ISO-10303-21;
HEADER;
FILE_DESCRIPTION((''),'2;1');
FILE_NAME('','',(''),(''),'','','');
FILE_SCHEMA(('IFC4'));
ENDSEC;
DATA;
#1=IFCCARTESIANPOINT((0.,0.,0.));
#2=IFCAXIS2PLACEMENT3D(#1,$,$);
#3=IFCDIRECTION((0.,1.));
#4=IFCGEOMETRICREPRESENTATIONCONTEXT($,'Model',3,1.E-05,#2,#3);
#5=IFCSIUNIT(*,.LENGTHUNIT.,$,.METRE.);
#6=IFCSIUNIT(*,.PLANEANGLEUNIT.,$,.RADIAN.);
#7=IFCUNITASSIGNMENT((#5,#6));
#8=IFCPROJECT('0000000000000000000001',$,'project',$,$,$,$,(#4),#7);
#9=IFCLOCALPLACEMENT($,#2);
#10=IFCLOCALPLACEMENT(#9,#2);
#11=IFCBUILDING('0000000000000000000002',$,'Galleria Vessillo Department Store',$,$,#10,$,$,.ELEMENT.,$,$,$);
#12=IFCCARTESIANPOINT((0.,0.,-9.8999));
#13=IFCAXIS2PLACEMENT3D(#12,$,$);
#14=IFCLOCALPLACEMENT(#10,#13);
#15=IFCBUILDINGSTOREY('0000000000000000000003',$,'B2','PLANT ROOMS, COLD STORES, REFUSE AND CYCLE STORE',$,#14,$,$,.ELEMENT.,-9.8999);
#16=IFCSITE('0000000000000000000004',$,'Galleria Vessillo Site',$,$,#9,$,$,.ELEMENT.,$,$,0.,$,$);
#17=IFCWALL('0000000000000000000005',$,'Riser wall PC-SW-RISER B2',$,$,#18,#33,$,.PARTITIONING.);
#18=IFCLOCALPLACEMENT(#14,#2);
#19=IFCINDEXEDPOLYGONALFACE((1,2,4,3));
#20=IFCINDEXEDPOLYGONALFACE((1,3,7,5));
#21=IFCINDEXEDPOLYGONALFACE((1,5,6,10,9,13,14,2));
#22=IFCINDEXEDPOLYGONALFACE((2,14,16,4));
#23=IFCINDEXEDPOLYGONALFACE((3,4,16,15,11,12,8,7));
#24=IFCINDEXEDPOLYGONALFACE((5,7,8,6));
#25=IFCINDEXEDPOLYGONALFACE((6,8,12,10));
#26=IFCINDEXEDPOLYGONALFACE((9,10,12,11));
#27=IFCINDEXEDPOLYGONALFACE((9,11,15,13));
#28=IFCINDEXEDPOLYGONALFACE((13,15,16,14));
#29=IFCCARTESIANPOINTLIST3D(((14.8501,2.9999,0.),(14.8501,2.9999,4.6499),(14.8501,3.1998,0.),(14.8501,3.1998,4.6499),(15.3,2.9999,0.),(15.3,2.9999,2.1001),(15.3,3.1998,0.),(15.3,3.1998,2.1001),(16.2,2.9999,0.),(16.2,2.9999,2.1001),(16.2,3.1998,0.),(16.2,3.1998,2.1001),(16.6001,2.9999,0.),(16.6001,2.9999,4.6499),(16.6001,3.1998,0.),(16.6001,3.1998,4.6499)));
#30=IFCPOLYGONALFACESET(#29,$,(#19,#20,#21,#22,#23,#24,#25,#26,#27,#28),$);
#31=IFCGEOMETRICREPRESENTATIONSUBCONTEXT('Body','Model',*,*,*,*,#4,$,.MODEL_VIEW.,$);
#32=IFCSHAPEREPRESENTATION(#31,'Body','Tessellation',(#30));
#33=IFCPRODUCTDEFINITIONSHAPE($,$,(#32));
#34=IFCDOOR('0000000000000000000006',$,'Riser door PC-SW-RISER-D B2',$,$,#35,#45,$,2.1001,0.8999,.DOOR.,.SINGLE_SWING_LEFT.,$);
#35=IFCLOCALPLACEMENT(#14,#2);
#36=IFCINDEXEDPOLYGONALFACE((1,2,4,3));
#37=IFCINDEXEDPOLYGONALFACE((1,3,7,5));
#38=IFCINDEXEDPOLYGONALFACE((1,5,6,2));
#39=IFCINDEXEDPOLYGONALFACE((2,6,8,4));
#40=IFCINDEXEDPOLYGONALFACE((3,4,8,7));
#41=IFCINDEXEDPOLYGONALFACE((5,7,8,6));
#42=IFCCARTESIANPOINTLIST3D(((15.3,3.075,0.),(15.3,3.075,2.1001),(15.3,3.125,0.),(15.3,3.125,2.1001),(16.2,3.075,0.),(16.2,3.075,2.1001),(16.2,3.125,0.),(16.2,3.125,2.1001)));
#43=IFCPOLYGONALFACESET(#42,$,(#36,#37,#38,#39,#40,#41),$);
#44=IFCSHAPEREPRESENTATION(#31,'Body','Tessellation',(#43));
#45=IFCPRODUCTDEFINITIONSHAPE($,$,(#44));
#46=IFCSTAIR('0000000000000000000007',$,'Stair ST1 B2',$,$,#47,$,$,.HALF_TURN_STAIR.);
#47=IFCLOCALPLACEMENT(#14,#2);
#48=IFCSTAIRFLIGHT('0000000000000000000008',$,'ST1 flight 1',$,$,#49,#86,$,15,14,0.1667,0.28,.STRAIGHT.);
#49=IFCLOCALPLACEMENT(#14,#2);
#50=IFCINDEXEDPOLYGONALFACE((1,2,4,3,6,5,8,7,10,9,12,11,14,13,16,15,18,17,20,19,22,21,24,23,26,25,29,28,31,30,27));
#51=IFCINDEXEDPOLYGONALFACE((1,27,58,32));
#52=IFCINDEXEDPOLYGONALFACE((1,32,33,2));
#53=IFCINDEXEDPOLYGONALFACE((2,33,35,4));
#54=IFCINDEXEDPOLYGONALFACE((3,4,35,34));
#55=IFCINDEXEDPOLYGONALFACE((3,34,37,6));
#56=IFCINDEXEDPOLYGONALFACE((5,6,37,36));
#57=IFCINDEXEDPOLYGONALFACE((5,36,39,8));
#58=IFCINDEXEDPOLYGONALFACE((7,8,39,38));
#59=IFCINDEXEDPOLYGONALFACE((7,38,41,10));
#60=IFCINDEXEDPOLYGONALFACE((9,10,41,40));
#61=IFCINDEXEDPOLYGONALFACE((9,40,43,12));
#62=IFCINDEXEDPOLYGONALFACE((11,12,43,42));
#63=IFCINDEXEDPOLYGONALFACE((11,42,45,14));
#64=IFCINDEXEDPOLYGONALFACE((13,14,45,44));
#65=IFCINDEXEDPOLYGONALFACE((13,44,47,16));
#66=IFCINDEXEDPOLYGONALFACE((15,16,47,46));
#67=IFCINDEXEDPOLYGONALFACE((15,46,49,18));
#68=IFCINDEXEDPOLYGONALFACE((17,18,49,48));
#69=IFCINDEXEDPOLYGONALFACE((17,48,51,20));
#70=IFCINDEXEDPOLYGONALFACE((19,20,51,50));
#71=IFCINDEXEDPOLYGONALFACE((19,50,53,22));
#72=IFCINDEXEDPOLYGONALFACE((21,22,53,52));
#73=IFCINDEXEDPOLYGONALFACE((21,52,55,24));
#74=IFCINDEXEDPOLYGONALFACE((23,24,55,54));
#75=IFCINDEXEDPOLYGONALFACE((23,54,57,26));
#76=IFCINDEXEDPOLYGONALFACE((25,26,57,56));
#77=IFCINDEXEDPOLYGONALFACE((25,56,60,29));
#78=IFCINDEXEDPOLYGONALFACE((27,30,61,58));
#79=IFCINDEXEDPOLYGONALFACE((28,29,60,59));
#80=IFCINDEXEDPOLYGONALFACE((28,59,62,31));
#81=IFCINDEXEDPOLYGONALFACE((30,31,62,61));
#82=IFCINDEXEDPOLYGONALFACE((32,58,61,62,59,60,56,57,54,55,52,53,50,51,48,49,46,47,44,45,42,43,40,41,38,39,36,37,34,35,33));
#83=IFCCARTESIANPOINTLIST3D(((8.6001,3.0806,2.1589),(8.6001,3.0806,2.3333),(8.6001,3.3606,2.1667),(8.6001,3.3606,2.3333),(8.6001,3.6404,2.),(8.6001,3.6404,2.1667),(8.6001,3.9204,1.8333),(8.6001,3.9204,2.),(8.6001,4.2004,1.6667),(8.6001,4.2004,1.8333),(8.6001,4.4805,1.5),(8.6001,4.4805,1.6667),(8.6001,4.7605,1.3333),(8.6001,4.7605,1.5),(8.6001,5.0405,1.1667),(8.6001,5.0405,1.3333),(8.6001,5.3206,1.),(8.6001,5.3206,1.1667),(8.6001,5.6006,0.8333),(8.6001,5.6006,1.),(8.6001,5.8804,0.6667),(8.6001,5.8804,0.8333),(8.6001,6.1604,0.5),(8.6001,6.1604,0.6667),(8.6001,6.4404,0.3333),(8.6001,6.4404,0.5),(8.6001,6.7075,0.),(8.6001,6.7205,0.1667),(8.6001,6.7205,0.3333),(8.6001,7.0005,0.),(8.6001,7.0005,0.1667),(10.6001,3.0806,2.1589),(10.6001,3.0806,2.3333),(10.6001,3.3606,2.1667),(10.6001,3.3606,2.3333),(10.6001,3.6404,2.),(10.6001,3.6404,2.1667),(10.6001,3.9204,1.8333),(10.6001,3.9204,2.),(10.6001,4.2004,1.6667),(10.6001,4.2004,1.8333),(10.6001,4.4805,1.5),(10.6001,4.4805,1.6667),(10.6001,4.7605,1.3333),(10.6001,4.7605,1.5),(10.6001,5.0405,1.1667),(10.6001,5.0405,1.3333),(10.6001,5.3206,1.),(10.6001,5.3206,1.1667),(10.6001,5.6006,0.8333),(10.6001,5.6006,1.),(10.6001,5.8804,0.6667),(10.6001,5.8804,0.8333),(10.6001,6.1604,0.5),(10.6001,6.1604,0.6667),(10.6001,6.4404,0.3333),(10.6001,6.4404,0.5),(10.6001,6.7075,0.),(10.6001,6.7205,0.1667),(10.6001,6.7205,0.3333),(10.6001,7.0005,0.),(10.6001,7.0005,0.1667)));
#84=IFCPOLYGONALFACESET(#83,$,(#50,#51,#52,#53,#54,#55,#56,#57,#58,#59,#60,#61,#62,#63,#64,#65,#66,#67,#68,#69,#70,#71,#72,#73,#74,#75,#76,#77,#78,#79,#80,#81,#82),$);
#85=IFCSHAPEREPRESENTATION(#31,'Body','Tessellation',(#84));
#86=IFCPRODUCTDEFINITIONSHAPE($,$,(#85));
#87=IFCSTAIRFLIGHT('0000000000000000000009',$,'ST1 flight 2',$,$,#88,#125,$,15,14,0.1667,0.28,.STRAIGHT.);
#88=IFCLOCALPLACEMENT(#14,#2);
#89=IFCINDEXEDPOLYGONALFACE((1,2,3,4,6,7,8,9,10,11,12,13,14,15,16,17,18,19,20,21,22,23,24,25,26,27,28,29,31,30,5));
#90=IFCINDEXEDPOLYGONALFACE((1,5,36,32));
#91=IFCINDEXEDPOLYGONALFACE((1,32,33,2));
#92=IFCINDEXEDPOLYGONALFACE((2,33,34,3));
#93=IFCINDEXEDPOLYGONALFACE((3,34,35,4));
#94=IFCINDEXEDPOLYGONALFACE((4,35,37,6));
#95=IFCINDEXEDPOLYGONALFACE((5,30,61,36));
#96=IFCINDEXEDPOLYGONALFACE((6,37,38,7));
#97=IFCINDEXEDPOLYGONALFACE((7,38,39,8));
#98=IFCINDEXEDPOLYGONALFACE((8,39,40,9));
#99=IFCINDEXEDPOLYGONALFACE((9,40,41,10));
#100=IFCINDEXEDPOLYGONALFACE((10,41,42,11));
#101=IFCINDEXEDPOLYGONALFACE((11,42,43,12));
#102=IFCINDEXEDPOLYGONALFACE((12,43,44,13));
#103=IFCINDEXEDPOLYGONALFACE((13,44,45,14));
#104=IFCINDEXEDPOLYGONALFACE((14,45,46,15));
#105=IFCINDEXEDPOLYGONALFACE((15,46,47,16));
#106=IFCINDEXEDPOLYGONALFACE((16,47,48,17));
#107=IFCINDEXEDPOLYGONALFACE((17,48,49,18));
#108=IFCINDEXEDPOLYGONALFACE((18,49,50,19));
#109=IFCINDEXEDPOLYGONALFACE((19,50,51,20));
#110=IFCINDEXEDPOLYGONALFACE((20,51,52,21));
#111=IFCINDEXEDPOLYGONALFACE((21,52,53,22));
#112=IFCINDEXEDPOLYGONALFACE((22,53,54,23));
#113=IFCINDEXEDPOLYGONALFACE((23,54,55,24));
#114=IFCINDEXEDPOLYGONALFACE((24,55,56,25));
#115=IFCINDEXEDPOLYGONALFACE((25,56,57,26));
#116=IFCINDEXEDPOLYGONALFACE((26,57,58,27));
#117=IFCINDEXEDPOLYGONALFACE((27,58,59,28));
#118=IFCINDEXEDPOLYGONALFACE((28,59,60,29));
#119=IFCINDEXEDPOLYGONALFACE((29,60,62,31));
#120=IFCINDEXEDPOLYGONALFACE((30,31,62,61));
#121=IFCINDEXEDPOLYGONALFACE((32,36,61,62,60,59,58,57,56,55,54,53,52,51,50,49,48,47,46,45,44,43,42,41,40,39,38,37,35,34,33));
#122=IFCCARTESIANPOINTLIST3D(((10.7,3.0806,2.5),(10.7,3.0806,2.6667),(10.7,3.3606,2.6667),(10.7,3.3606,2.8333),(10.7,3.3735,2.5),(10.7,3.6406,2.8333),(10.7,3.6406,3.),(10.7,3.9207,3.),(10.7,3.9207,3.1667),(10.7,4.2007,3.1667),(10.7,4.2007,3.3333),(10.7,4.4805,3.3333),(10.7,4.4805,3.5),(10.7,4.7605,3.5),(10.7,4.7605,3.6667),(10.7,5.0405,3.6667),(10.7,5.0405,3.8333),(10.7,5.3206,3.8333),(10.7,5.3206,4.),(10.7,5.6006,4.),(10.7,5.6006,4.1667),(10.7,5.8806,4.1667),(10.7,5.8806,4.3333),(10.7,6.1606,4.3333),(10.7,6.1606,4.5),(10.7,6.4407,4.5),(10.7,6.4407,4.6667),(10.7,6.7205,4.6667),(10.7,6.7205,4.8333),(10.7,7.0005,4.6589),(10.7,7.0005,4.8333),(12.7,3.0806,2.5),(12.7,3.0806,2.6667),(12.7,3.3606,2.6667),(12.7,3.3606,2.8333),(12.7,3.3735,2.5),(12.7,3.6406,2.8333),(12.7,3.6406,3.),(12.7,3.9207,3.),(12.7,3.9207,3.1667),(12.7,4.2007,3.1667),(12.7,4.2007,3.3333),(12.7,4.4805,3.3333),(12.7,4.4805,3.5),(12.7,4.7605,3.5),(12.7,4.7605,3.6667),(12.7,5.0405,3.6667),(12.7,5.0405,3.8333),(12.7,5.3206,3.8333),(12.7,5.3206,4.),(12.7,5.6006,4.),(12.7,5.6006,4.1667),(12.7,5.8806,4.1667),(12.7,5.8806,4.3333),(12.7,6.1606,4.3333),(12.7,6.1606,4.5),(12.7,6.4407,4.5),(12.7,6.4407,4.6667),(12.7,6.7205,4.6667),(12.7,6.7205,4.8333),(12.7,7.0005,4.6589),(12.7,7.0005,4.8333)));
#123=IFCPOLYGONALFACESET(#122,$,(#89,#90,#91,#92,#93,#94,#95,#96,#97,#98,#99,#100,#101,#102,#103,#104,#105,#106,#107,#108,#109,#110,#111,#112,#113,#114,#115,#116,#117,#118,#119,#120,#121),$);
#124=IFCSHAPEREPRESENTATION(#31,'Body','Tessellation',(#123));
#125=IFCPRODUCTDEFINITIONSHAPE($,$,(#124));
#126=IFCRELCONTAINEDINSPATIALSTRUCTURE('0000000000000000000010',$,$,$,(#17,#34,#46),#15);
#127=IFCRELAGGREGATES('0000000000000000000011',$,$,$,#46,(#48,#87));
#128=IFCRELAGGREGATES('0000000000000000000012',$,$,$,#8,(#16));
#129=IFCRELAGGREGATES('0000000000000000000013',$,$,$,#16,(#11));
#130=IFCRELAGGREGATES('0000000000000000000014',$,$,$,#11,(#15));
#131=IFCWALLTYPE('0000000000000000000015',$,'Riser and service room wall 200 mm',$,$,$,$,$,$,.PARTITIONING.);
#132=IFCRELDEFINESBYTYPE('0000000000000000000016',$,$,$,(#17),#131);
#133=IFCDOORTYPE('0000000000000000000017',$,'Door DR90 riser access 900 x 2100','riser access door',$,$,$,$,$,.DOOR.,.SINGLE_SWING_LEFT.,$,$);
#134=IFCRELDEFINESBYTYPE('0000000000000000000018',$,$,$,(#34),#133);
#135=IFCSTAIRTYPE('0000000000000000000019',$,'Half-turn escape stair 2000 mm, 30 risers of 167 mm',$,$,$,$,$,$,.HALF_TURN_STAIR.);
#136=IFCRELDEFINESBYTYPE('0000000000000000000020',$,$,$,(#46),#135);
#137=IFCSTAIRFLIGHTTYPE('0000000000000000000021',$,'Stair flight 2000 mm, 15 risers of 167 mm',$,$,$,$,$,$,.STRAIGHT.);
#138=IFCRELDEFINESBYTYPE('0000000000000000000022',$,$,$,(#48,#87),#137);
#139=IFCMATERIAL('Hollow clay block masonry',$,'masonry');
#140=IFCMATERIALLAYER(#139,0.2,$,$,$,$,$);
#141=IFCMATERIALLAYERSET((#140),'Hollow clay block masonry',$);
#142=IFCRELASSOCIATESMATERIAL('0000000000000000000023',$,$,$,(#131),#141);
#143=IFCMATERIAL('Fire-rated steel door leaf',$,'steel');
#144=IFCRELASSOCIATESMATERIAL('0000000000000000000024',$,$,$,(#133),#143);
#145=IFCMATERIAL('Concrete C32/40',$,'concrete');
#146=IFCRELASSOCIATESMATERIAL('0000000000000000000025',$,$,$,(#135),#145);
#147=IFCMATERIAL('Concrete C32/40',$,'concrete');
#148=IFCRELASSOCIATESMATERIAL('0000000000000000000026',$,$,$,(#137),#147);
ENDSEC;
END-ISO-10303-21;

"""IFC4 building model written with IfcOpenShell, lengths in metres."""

from ifc_helpers import new_model, si_unit, direction, frame, frame_2d, origin, place, context, subcontext, project, spatial, polyline, rectangle, outline, extrude, material, layer, layer_set, type_object, element, fill, aggregate, save


model = new_model("IFC4")

# Units and contexts
model_context = context("Model", 3, precision=1e-05, world=origin(), true_north=direction((0.0, 1.0)))
body_context = subcontext(model_context, "Body", "Model", "MODEL_VIEW")
ifc_project = project(units=[si_unit("LENGTHUNIT", "METRE"), si_unit("PLANEANGLEUNIT", "RADIAN")], contexts=[model_context])

# Site, building, storey
site_placement = place(None, origin())
site = spatial("IfcSite", under=ifc_project, at=site_placement, Name="Galleria Vessillo Site", CompositionType="ELEMENT", RefElevation=0.0)
building_placement = place(site_placement, origin())
building = spatial("IfcBuilding", under=site, at=building_placement, Name="Galleria Vessillo Department Store", CompositionType="ELEMENT")
storey_placement = place(building_placement, frame((0.0, 0.0, -9.8999)))
storey = spatial("IfcBuildingStorey", under=building, at=storey_placement, Name="B2", Description="PLANT ROOMS, COLD STORES, REFUSE AND CYCLE STORE", CompositionType="ELEMENT", Elevation=-9.8999)

# Wall, opening, door
ifc_material_1 = material(Name="Hollow clay block masonry", Category="masonry")
ifc_layer_1 = layer(ifc_material_1, 0.2)
ifc_layer_set_1 = layer_set([ifc_layer_1], Name="Hollow clay block masonry")
wall_type_1 = type_object("IfcWallType", Name="Riser and service room wall 200 mm", PredefinedType="PARTITIONING", material=ifc_layer_set_1)
wall_1_placement = place(storey_placement, frame((14.8501, 3.0999, 0.0), z_axis=(0.0, 0.0, 1.0), x_axis=(1.0, 0.0, 0.0)))
wall_1 = element("IfcWall", 1, at=wall_1_placement, inside=storey, type_object=wall_type_1, Name="Riser wall PC-SW-RISER B2", PredefinedType="PARTITIONING", context=body_context, shape_type="SweptSolid", body=[
    extrude(rectangle(XDim=1.75, YDim=0.2, at=frame_2d((0.875, 0.0))), origin(), (0.0, 0.0, 1.0), 4.6499),
])
opening_1_placement = place(wall_1_placement, frame((0.45, 0.0, 0.0)))
opening_1 = element("IfcOpeningElement", 2, at=opening_1_placement, cuts=wall_1, PredefinedType="OPENING", context=body_context, shape_type="SweptSolid", body=[
    extrude(rectangle(XDim=0.8999, YDim=2.1001, at=frame_2d((0.45, 1.05))), frame((0.0, 0.1099, 0.0), z_axis=(0.0, -1.0, 0.0), x_axis=(1.0, 0.0, 0.0)), (0.0, 0.0, 1.0), 0.22),
])
ifc_material_2 = material(Name="Fire-rated steel door leaf", Category="steel")
door_type_1 = type_object("IfcDoorType", Name="Door DR90 riser access 900 x 2100", Description="riser access door", OperationType="SINGLE_SWING_LEFT", PredefinedType="DOOR", material=ifc_material_2)
door_1_placement = place(opening_1_placement, frame((0.8999, 0.0, 0.0), z_axis=(0.0, 0.0, 1.0), x_axis=(-1.0, 0.0, 0.0)))
door_1 = element("IfcDoor", 3, at=door_1_placement, inside=storey, type_object=door_type_1, Name="Riser door PC-SW-RISER-D B2", OperationType="SINGLE_SWING_LEFT", OverallHeight=2.1001, OverallWidth=0.8999, PredefinedType="DOOR", context=body_context, shape_type="SweptSolid", body=[
    extrude(rectangle(XDim=0.8999, YDim=2.1001, at=frame_2d((0.45, 1.05))), frame((0.0, 0.0249, 0.0), z_axis=(0.0, -1.0, 0.0), x_axis=(1.0, 0.0, 0.0)), (0.0, 0.0, 1.0), 0.05),
])
fill(opening_1, door_1)

# Stair, stair flights
ifc_material_3 = material(Name="Concrete C32/40", Category="concrete")
stair_type = type_object("IfcStairType", Name="Half-turn escape stair 2000 mm, 30 risers of 167 mm", PredefinedType="HALF_TURN_STAIR", material=ifc_material_3)
stair_placement = place(storey_placement, origin())
stair = element("IfcStair", 4, at=stair_placement, inside=storey, type_object=stair_type, Name="Stair ST1 B2", PredefinedType="HALF_TURN_STAIR")
ifc_material_4 = material(Name="Concrete C32/40", Category="concrete")
stair_flight_type = type_object("IfcStairFlightType", Name="Stair flight 2000 mm, 15 risers of 167 mm", PredefinedType="STRAIGHT", material=ifc_material_4)
stair_flight_1_placement = place(storey_placement, frame((9.6001, 7.0005, 0.0), z_axis=(0.0, 0.0, 1.0), x_axis=(0.0, -1.0, 0.0)))
stair_flight_1 = element("IfcStairFlight", 5, at=stair_flight_1_placement, type_object=stair_flight_type, Name="ST1 flight 1", NumberOfRisers=15, NumberOfTreads=14, PredefinedType="STRAIGHT", RiserHeight=0.1667, TreadLength=0.28, context=body_context, shape_type="SweptSolid", body=[
    extrude(outline(polyline([(0.0, 0.0), (0.0, 0.1667), (0.28, 0.1667), (0.28, 0.3333), (0.5601, 0.3333), (0.5601, 0.5), (0.8401, 0.5), (0.8401, 0.6667), (1.1201, 0.6667), (1.1201, 0.8333), (1.3999, 0.8333), (1.3999, 1.0), (1.6799, 1.0), (1.6799, 1.1667), (1.96, 1.1667), (1.96, 1.3333), (2.24, 1.3333), (2.24, 1.5), (2.52, 1.5), (2.52, 1.6667), (2.8, 1.6667), (2.8, 1.8333), (3.0801, 1.8333), (3.0801, 2.0), (3.3601, 2.0), (3.3601, 2.1667), (3.6399, 2.1667), (3.6399, 2.3333), (3.9199, 2.3333), (3.9199, 2.5), (3.9199, 2.1589), (0.293, 0.0), (0.0, 0.0)])), frame((0.0, 1.0, 0.0), z_axis=(0.0, -1.0, 0.0), x_axis=(1.0, 0.0, 0.0)), (0.0, 0.0, 1.0), 2.0),
])
stair_flight_2_placement = place(storey_placement, frame((11.7, 3.0806, 2.5), z_axis=(0.0, 0.0, 1.0), x_axis=(0.0, 1.0, 0.0)))
stair_flight_2 = element("IfcStairFlight", 6, at=stair_flight_2_placement, type_object=stair_flight_type, Name="ST1 flight 2", NumberOfRisers=15, NumberOfTreads=14, PredefinedType="STRAIGHT", RiserHeight=0.1667, TreadLength=0.28, context=body_context, shape_type="SweptSolid", body=[
    extrude(outline(polyline([(0.0, 0.0), (0.0, 0.1667), (0.28, 0.1667), (0.28, 0.3333), (0.5601, 0.3333), (0.5601, 0.5), (0.8401, 0.5), (0.8401, 0.6667), (1.1201, 0.6667), (1.1201, 0.8333), (1.3999, 0.8333), (1.3999, 1.0), (1.6799, 1.0), (1.6799, 1.1667), (1.96, 1.1667), (1.96, 1.3333), (2.24, 1.3333), (2.24, 1.5), (2.52, 1.5), (2.52, 1.6667), (2.8, 1.6667), (2.8, 1.8333), (3.0801, 1.8333), (3.0801, 2.0), (3.3601, 2.0), (3.3601, 2.1667), (3.6399, 2.1667), (3.6399, 2.3333), (3.9199, 2.3333), (3.9199, 2.5), (3.9199, 2.1589), (0.293, 0.0), (0.0, 0.0)])), frame((0.0, 1.0, 0.0), z_axis=(0.0, -1.0, 0.0), x_axis=(1.0, 0.0, 0.0)), (0.0, 0.0, 1.0), 2.0),
])
aggregate(stair, [stair_flight_1, stair_flight_2])

save(model, "model.ifc")
